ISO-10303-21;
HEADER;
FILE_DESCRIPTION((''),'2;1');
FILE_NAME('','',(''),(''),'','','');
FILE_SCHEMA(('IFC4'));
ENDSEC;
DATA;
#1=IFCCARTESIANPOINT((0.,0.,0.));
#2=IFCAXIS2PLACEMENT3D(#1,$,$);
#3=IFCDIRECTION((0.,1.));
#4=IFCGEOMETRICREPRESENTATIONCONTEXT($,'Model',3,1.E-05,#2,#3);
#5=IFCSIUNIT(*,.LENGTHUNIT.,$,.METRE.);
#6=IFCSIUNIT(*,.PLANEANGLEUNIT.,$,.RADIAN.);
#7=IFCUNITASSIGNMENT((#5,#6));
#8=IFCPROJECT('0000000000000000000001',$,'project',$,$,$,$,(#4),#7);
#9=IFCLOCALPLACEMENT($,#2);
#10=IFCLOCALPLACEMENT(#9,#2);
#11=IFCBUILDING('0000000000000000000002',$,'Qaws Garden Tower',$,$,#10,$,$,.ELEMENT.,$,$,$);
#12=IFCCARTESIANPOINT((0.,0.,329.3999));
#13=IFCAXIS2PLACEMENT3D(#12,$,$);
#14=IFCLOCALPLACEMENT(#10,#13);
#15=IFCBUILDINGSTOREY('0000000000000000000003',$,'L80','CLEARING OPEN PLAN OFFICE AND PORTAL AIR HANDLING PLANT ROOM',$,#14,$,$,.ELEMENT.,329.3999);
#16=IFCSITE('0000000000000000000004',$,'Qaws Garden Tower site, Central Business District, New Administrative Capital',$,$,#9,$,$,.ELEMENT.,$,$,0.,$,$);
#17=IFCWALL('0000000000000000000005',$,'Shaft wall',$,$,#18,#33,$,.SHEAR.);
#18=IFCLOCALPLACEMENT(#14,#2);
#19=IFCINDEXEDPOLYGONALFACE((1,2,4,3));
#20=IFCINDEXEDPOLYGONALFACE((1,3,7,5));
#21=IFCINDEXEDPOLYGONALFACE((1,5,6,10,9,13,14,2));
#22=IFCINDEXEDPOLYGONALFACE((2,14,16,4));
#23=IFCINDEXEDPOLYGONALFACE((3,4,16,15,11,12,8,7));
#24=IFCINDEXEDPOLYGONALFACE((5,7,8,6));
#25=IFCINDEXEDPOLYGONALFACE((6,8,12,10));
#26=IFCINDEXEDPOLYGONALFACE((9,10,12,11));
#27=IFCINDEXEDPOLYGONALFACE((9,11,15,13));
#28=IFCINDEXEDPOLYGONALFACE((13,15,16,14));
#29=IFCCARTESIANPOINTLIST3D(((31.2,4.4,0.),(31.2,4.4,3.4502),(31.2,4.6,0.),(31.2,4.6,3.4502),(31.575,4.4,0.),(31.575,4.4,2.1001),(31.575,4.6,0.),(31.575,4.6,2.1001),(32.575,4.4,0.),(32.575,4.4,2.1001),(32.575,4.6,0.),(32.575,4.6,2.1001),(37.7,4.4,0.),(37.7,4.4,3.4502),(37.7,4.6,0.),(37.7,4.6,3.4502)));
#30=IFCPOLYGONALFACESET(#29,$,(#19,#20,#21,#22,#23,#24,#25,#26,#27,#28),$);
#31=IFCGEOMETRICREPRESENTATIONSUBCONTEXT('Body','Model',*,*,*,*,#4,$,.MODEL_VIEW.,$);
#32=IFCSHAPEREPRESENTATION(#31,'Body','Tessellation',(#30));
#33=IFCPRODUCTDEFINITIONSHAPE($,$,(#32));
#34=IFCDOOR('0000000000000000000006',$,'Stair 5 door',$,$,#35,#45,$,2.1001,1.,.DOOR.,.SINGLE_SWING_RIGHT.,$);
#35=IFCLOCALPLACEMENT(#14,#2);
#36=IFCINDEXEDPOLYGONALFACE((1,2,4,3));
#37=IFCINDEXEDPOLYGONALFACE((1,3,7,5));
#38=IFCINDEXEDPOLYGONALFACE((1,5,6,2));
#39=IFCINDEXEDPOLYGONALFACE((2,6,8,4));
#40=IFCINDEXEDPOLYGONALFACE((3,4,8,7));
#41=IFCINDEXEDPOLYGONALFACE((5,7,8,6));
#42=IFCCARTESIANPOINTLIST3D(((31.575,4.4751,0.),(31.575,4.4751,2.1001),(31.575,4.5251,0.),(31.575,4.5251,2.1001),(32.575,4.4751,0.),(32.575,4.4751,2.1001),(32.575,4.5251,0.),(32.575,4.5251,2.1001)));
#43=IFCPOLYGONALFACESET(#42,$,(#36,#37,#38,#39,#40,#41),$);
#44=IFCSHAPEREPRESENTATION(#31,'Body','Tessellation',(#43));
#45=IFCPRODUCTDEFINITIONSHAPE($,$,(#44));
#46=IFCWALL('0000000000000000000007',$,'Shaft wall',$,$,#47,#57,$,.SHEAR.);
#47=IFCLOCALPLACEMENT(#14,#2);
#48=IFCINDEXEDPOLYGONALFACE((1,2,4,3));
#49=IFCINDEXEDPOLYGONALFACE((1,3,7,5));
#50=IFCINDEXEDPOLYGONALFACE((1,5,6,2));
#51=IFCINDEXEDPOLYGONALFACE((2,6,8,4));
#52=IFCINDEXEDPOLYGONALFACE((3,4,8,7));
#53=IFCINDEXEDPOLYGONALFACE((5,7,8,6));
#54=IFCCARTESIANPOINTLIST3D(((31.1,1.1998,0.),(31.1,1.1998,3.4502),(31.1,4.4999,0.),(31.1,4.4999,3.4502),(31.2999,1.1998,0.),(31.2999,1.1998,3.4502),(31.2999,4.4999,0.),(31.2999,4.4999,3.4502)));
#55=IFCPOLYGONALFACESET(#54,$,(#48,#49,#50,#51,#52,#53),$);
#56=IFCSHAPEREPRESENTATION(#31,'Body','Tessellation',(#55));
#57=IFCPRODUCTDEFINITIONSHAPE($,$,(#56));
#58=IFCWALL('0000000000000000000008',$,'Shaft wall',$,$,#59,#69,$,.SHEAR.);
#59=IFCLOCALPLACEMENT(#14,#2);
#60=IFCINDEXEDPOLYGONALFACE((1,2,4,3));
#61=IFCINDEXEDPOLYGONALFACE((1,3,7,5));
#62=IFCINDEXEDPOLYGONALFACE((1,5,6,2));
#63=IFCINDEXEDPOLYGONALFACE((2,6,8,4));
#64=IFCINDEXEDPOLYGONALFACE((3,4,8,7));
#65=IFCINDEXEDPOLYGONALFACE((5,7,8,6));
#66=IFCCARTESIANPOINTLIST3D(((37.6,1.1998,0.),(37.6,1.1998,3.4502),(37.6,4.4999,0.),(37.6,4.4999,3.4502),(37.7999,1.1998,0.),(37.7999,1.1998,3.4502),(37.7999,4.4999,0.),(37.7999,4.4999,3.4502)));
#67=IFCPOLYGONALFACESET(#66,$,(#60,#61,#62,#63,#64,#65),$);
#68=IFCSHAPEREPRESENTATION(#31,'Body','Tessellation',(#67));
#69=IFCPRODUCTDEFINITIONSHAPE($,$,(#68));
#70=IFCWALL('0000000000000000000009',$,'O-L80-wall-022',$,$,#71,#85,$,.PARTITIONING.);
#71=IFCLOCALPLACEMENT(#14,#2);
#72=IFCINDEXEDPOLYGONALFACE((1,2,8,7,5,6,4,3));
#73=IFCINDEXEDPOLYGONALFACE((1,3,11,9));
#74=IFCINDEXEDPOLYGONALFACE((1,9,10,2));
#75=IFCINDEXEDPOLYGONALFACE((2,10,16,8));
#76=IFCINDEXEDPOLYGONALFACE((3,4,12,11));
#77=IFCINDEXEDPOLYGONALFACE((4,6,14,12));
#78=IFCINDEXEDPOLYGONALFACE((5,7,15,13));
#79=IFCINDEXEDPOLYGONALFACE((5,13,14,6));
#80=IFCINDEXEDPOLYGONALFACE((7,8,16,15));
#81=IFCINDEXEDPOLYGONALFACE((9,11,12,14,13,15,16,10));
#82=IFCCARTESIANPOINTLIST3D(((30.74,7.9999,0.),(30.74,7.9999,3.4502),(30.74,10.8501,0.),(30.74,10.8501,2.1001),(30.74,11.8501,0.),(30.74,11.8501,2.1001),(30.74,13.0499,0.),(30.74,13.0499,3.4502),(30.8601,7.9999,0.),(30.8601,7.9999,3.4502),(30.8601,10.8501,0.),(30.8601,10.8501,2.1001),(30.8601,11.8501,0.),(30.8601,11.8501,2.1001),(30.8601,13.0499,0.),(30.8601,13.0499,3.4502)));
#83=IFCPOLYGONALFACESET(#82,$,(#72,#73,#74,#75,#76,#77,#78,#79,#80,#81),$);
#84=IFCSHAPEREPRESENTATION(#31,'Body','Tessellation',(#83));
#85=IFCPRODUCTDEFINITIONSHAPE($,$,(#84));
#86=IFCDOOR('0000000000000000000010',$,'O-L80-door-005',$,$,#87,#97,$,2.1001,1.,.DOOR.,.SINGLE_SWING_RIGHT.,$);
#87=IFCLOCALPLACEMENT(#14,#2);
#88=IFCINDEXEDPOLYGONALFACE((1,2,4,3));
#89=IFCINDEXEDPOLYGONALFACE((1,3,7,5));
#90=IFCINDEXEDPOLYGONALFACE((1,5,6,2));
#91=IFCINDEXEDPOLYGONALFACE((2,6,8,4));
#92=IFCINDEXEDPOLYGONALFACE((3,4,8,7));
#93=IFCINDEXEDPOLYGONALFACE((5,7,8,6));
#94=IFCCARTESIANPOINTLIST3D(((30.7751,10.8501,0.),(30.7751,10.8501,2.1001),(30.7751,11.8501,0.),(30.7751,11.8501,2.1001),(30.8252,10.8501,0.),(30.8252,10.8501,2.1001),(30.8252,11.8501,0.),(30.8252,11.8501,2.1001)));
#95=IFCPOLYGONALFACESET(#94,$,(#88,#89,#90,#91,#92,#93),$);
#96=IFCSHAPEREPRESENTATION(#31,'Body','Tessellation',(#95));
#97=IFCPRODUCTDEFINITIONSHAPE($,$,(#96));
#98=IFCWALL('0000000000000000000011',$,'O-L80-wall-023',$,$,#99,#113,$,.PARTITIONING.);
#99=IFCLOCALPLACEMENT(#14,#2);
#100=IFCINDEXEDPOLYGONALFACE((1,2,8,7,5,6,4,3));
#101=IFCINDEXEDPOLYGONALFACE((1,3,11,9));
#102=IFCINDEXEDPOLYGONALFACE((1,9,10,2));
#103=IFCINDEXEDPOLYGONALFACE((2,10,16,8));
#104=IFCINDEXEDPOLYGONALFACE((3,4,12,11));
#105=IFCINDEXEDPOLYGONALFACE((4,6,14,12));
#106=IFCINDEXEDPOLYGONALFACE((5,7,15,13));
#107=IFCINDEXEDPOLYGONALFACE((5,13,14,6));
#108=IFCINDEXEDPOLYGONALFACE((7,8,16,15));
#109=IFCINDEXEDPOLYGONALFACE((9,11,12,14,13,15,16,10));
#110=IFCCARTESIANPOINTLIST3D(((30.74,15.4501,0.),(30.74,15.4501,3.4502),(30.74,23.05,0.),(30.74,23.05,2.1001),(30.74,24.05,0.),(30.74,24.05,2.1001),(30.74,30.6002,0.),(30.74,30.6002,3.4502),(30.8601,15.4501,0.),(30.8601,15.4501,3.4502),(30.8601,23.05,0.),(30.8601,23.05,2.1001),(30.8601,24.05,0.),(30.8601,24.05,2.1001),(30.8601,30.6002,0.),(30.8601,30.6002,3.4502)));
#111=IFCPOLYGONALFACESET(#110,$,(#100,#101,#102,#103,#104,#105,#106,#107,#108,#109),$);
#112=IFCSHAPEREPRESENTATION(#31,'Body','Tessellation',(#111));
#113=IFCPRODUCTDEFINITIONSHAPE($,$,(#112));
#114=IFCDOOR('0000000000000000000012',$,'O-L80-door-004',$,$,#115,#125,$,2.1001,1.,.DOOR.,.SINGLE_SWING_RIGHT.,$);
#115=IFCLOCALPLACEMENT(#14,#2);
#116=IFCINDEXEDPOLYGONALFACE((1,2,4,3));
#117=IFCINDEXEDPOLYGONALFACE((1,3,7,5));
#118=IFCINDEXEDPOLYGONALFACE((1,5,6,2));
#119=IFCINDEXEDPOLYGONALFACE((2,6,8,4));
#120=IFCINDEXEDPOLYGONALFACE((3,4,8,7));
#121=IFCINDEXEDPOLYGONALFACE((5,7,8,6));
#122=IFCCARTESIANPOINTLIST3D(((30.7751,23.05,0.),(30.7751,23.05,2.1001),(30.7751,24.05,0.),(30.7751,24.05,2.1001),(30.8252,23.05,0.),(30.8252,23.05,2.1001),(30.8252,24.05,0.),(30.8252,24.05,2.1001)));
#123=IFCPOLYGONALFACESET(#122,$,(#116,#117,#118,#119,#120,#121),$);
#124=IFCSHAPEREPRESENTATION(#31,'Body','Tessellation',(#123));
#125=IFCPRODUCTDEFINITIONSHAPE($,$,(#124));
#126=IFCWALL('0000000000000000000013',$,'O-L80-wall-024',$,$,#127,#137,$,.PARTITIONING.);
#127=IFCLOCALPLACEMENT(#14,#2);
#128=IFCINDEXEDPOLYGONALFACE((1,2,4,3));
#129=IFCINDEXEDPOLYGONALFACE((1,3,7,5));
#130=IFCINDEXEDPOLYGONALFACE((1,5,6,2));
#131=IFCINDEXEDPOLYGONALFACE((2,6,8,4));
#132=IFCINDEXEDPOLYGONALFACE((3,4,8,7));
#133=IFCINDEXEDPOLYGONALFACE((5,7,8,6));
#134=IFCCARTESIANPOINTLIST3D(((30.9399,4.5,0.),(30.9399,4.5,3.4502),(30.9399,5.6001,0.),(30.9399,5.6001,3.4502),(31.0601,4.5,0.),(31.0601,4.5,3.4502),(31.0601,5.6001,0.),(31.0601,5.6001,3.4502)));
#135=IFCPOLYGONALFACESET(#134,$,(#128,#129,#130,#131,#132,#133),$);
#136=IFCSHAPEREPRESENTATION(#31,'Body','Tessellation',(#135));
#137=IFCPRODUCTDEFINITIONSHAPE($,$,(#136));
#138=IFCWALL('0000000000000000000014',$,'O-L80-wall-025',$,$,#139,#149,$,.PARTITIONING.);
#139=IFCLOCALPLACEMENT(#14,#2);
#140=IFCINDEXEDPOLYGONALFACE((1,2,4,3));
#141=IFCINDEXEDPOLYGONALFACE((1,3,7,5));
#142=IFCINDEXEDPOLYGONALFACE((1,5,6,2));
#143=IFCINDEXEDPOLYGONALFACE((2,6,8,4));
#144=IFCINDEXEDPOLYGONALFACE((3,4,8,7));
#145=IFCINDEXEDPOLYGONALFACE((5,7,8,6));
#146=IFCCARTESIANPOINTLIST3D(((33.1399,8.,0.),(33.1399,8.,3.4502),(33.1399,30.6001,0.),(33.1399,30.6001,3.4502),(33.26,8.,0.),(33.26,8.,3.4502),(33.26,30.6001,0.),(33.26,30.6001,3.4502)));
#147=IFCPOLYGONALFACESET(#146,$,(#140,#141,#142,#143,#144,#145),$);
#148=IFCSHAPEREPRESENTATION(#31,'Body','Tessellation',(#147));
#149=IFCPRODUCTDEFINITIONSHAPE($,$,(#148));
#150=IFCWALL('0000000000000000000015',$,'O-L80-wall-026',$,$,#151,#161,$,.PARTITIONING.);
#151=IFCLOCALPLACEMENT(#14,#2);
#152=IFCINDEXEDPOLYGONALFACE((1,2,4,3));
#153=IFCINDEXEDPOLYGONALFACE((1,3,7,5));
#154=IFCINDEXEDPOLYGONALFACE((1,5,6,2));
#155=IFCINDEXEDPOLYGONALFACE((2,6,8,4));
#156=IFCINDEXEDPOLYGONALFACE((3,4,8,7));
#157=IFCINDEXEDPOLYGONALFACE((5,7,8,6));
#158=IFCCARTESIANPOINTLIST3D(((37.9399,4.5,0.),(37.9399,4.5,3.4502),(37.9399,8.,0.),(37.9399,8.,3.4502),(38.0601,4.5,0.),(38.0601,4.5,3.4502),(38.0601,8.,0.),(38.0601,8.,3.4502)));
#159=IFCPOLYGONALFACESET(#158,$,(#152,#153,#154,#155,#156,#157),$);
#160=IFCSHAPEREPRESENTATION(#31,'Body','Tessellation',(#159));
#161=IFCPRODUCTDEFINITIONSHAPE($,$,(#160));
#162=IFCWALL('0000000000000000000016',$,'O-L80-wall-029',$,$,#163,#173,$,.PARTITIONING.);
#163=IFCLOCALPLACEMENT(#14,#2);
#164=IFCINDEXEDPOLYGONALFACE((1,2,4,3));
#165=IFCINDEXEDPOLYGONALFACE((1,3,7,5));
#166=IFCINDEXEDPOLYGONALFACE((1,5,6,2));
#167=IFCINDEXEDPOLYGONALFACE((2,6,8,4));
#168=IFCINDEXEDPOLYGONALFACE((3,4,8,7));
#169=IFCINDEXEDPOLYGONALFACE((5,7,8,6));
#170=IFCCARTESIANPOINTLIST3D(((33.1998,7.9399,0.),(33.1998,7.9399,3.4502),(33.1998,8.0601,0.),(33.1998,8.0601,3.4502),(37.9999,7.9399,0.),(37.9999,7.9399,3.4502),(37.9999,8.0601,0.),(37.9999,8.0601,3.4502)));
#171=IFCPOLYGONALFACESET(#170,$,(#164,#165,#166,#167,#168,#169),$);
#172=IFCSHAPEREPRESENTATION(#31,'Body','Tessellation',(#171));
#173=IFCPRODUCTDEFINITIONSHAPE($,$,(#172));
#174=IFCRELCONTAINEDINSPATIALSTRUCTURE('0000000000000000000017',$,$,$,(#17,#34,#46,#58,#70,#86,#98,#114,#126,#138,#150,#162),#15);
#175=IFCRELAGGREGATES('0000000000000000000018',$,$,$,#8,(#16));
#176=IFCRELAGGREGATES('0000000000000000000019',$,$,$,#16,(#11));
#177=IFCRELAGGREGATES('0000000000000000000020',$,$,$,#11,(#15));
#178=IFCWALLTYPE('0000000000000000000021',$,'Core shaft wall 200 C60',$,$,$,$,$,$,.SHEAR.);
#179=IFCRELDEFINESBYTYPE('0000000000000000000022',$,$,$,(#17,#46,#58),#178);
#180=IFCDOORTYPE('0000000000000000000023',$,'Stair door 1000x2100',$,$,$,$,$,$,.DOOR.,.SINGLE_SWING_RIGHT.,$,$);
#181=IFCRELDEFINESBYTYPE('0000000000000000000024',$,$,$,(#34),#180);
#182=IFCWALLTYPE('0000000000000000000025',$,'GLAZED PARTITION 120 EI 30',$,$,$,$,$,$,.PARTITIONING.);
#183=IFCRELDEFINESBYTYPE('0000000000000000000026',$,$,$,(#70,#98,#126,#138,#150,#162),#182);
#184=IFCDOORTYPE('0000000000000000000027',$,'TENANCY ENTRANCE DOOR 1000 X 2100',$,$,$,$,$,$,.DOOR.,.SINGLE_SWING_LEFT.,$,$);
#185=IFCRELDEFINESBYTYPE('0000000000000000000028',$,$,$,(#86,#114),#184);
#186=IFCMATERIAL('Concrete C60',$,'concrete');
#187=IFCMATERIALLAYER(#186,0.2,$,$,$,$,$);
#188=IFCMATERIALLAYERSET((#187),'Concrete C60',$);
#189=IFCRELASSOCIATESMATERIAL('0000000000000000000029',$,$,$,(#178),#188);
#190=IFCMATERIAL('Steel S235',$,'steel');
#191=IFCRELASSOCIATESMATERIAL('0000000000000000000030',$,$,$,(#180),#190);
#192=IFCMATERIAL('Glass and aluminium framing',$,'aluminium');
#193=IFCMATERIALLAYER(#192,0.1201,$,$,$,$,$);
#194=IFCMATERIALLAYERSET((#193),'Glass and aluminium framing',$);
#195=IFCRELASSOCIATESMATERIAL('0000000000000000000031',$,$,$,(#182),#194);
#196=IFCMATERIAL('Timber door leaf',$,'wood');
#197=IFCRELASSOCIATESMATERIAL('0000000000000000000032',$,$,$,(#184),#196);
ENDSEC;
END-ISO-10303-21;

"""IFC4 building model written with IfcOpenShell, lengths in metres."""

from ifc_helpers import new_model, si_unit, direction, frame, frame_2d, origin, place, context, subcontext, project, spatial, rectangle, extrude, material, layer, layer_set, type_object, element, fill, save


model = new_model("IFC4")

# Units and contexts
model_context = context("Model", 3, precision=1e-05, world=origin(), true_north=direction((0.0, 1.0)))
body_context = subcontext(model_context, "Body", "Model", "MODEL_VIEW")
ifc_project = project(units=[si_unit("LENGTHUNIT", "METRE"), si_unit("PLANEANGLEUNIT", "RADIAN")], contexts=[model_context])

# Site, building, storey
site_placement = place(None, origin())
site = spatial("IfcSite", under=ifc_project, at=site_placement, Name="Qaws Garden Tower site, Central Business District, New Administrative Capital", CompositionType="ELEMENT", RefElevation=0.0)
building_placement = place(site_placement, origin())
building = spatial("IfcBuilding", under=site, at=building_placement, Name="Qaws Garden Tower", CompositionType="ELEMENT")
storey_placement = place(building_placement, frame((0.0, 0.0, 329.3999)))
storey = spatial("IfcBuildingStorey", under=building, at=storey_placement, Name="L80", Description="CLEARING OPEN PLAN OFFICE AND PORTAL AIR HANDLING PLANT ROOM", CompositionType="ELEMENT", Elevation=329.3999)

# Shared definitions
ifc_material_1 = material(Name="Concrete C60", Category="concrete")
ifc_layer_1 = layer(ifc_material_1, 0.2)
ifc_layer_set_1 = layer_set([ifc_layer_1], Name="Concrete C60")
wall_type_1 = type_object("IfcWallType", Name="Core shaft wall 200 C60", PredefinedType="SHEAR", material=ifc_layer_set_1)

# Wall, opening, door
wall_1_placement = place(storey_placement, frame((31.2, 4.5, 0.0), z_axis=(0.0, 0.0, 1.0), x_axis=(1.0, 0.0, 0.0)))
wall_1 = element("IfcWall", 1, at=wall_1_placement, inside=storey, type_object=wall_type_1, Name="Shaft wall", PredefinedType="SHEAR", context=body_context, shape_type="SweptSolid", body=[
    extrude(rectangle(XDim=6.5, YDim=0.2, at=frame_2d((3.25, 0.0))), origin(), (0.0, 0.0, 1.0), 3.4502),
])
opening_1_placement = place(wall_1_placement, frame((0.375, 0.0, 0.0)))
opening_1 = element("IfcOpeningElement", 2, at=opening_1_placement, cuts=wall_1, PredefinedType="OPENING", context=body_context, shape_type="SweptSolid", body=[
    extrude(rectangle(XDim=1.0, YDim=2.1001, at=frame_2d((0.5, 1.05))), frame((0.0, 0.1099, 0.0), z_axis=(0.0, -1.0, 0.0), x_axis=(1.0, 0.0, 0.0)), (0.0, 0.0, 1.0), 0.22),
])
ifc_material_2 = material(Name="Steel S235", Category="steel")
door_type_1 = type_object("IfcDoorType", Name="Stair door 1000x2100", OperationType="SINGLE_SWING_RIGHT", PredefinedType="DOOR", material=ifc_material_2)
door_1_placement = place(opening_1_placement, frame((1.0, 0.0, 0.0), z_axis=(0.0, 0.0, 1.0), x_axis=(-1.0, 0.0, 0.0)))
door_1 = element("IfcDoor", 3, at=door_1_placement, inside=storey, type_object=door_type_1, Name="Stair 5 door", OperationType="SINGLE_SWING_RIGHT", OverallHeight=2.1001, OverallWidth=1.0, PredefinedType="DOOR", context=body_context, shape_type="SweptSolid", body=[
    extrude(rectangle(XDim=1.0, YDim=2.1001, at=frame_2d((0.5, 1.05))), frame((0.0, 0.0249, 0.0), z_axis=(0.0, -1.0, 0.0), x_axis=(1.0, 0.0, 0.0)), (0.0, 0.0, 1.0), 0.05),
])
fill(opening_1, door_1)

# Walls
for number, where, z_axis, x_axis, name in (
    (4, (31.2, 1.2, 0.0), (0.0, 0.0, 1.0), (0.0, 1.0, 0.0), "Shaft wall"),
    (5, (37.7, 1.2, 0.0), (0.0, 0.0, 1.0), (0.0, 1.0, 0.0), "Shaft wall"),
):
    element("IfcWall", number, at=place(storey_placement, frame(where, z_axis=z_axis, x_axis=x_axis)), inside=storey, type_object=wall_type_1, Name=name, PredefinedType="SHEAR", context=body_context, shape_type="SweptSolid", body=[
        extrude(rectangle(XDim=3.3, YDim=0.2, at=frame_2d((1.6499, 0.0))), origin(), (0.0, 0.0, 1.0), 3.4502),
    ])

# Walls, openings, doors
ifc_material_3 = material(Name="Glass and aluminium framing", Category="aluminium")
ifc_layer_2 = layer(ifc_material_3, 0.1201)
ifc_layer_set_2 = layer_set([ifc_layer_2], Name="Glass and aluminium framing")
wall_type_2 = type_object("IfcWallType", Name="GLAZED PARTITION 120 EI 30", PredefinedType="PARTITIONING", material=ifc_layer_set_2)
wall_2_placement = place(storey_placement, frame((30.8, 8.0, 0.0), z_axis=(0.0, 0.0, 1.0), x_axis=(0.0, 1.0, 0.0)))
wall_2 = element("IfcWall", 6, at=wall_2_placement, inside=storey, type_object=wall_type_2, Name="O-L80-wall-022", PredefinedType="PARTITIONING", context=body_context, shape_type="SweptSolid", body=[
    extrude(rectangle(XDim=5.05, YDim=0.1201, at=frame_2d((2.5249, 0.0))), origin(), (0.0, 0.0, 1.0), 3.4502),
])
opening_2_placement = place(wall_2_placement, frame((2.8501, 0.0, 0.0)))
opening_2 = element("IfcOpeningElement", 7, at=opening_2_placement, cuts=wall_2, PredefinedType="OPENING", context=body_context, shape_type="SweptSolid", body=[
    extrude(rectangle(XDim=1.0, YDim=2.1001, at=frame_2d((0.5, 1.05))), frame((0.0, 0.0701, 0.0), z_axis=(0.0, -1.0, 0.0), x_axis=(1.0, 0.0, 0.0)), (0.0, 0.0, 1.0), 0.1401),
])
ifc_material_4 = material(Name="Timber door leaf", Category="wood")
door_type_2 = type_object("IfcDoorType", Name="TENANCY ENTRANCE DOOR 1000 X 2100", OperationType="SINGLE_SWING_LEFT", PredefinedType="DOOR", material=ifc_material_4)
door_2_placement = place(opening_2_placement, origin())
door_2 = element("IfcDoor", 8, at=door_2_placement, inside=storey, type_object=door_type_2, Name="O-L80-door-005", OperationType="SINGLE_SWING_RIGHT", OverallHeight=2.1001, OverallWidth=1.0, PredefinedType="DOOR", context=body_context, shape_type="SweptSolid", body=[
    extrude(rectangle(XDim=1.0, YDim=2.1001, at=frame_2d((0.5, 1.05))), frame((0.0, 0.0249, 0.0), z_axis=(0.0, -1.0, 0.0), x_axis=(1.0, 0.0, 0.0)), (0.0, 0.0, 1.0), 0.05),
])
fill(opening_2, door_2)
wall_3_placement = place(storey_placement, frame((30.8, 15.45, 0.0), z_axis=(0.0, 0.0, 1.0), x_axis=(0.0, 1.0, 0.0)))
wall_3 = element("IfcWall", 9, at=wall_3_placement, inside=storey, type_object=wall_type_2, Name="O-L80-wall-023", PredefinedType="PARTITIONING", context=body_context, shape_type="SweptSolid", body=[
    extrude(rectangle(XDim=15.1501, YDim=0.1201, at=frame_2d((7.5752, 0.0))), origin(), (0.0, 0.0, 1.0), 3.4502),
])
opening_3_placement = place(wall_3_placement, frame((7.6001, 0.0, 0.0)))
opening_3 = element("IfcOpeningElement", 10, at=opening_3_placement, cuts=wall_3, PredefinedType="OPENING", context=body_context, shape_type="SweptSolid", body=[
    extrude(rectangle(XDim=1.0, YDim=2.1001, at=frame_2d((0.5, 1.05))), frame((0.0, 0.0701, 0.0), z_axis=(0.0, -1.0, 0.0), x_axis=(1.0, 0.0, 0.0)), (0.0, 0.0, 1.0), 0.1401),
])
door_3_placement = place(opening_3_placement, origin())
door_3 = element("IfcDoor", 11, at=door_3_placement, inside=storey, type_object=door_type_2, Name="O-L80-door-004", OperationType="SINGLE_SWING_RIGHT", OverallHeight=2.1001, OverallWidth=1.0, PredefinedType="DOOR", context=body_context, shape_type="SweptSolid", body=[
    extrude(rectangle(XDim=1.0, YDim=2.1001, at=frame_2d((0.5, 1.05))), frame((0.0, 0.0249, 0.0), z_axis=(0.0, -1.0, 0.0), x_axis=(1.0, 0.0, 0.0)), (0.0, 0.0, 1.0), 0.05),
])
fill(opening_3, door_3)

# Walls
wall_4_placement = place(storey_placement, frame((31.0, 4.5, 0.0), z_axis=(0.0, 0.0, 1.0), x_axis=(0.0, 1.0, 0.0)))
element("IfcWall", 12, at=wall_4_placement, inside=storey, type_object=wall_type_2, Name="O-L80-wall-024", PredefinedType="PARTITIONING", context=body_context, shape_type="SweptSolid", body=[
    extrude(rectangle(XDim=1.1001, YDim=0.1201, at=frame_2d((0.55, 0.0))), origin(), (0.0, 0.0, 1.0), 3.4502),
])
wall_5_placement = place(storey_placement, frame((33.2, 8.0, 0.0), z_axis=(0.0, 0.0, 1.0), x_axis=(0.0, 1.0, 0.0)))
element("IfcWall", 13, at=wall_5_placement, inside=storey, type_object=wall_type_2, Name="O-L80-wall-025", PredefinedType="PARTITIONING", context=body_context, shape_type="SweptSolid", body=[
    extrude(rectangle(XDim=22.6001, YDim=0.1201, at=frame_2d((11.3, 0.0))), origin(), (0.0, 0.0, 1.0), 3.4502),
])
wall_6_placement = place(storey_placement, frame((38.0, 4.5, 0.0), z_axis=(0.0, 0.0, 1.0), x_axis=(0.0, 1.0, 0.0)))
element("IfcWall", 14, at=wall_6_placement, inside=storey, type_object=wall_type_2, Name="O-L80-wall-026", PredefinedType="PARTITIONING", context=body_context, shape_type="SweptSolid", body=[
    extrude(rectangle(XDim=3.5, YDim=0.1201, at=frame_2d((1.75, 0.0))), origin(), (0.0, 0.0, 1.0), 3.4502),
])
wall_7_placement = place(storey_placement, frame((33.2, 8.0, 0.0), z_axis=(0.0, 0.0, 1.0), x_axis=(1.0, 0.0, 0.0)))
element("IfcWall", 15, at=wall_7_placement, inside=storey, type_object=wall_type_2, Name="O-L80-wall-029", PredefinedType="PARTITIONING", context=body_context, shape_type="SweptSolid", body=[
    extrude(rectangle(XDim=4.8, YDim=0.1201, at=frame_2d((2.3999, 0.0))), origin(), (0.0, 0.0, 1.0), 3.4502),
])

save(model, "model.ifc")
